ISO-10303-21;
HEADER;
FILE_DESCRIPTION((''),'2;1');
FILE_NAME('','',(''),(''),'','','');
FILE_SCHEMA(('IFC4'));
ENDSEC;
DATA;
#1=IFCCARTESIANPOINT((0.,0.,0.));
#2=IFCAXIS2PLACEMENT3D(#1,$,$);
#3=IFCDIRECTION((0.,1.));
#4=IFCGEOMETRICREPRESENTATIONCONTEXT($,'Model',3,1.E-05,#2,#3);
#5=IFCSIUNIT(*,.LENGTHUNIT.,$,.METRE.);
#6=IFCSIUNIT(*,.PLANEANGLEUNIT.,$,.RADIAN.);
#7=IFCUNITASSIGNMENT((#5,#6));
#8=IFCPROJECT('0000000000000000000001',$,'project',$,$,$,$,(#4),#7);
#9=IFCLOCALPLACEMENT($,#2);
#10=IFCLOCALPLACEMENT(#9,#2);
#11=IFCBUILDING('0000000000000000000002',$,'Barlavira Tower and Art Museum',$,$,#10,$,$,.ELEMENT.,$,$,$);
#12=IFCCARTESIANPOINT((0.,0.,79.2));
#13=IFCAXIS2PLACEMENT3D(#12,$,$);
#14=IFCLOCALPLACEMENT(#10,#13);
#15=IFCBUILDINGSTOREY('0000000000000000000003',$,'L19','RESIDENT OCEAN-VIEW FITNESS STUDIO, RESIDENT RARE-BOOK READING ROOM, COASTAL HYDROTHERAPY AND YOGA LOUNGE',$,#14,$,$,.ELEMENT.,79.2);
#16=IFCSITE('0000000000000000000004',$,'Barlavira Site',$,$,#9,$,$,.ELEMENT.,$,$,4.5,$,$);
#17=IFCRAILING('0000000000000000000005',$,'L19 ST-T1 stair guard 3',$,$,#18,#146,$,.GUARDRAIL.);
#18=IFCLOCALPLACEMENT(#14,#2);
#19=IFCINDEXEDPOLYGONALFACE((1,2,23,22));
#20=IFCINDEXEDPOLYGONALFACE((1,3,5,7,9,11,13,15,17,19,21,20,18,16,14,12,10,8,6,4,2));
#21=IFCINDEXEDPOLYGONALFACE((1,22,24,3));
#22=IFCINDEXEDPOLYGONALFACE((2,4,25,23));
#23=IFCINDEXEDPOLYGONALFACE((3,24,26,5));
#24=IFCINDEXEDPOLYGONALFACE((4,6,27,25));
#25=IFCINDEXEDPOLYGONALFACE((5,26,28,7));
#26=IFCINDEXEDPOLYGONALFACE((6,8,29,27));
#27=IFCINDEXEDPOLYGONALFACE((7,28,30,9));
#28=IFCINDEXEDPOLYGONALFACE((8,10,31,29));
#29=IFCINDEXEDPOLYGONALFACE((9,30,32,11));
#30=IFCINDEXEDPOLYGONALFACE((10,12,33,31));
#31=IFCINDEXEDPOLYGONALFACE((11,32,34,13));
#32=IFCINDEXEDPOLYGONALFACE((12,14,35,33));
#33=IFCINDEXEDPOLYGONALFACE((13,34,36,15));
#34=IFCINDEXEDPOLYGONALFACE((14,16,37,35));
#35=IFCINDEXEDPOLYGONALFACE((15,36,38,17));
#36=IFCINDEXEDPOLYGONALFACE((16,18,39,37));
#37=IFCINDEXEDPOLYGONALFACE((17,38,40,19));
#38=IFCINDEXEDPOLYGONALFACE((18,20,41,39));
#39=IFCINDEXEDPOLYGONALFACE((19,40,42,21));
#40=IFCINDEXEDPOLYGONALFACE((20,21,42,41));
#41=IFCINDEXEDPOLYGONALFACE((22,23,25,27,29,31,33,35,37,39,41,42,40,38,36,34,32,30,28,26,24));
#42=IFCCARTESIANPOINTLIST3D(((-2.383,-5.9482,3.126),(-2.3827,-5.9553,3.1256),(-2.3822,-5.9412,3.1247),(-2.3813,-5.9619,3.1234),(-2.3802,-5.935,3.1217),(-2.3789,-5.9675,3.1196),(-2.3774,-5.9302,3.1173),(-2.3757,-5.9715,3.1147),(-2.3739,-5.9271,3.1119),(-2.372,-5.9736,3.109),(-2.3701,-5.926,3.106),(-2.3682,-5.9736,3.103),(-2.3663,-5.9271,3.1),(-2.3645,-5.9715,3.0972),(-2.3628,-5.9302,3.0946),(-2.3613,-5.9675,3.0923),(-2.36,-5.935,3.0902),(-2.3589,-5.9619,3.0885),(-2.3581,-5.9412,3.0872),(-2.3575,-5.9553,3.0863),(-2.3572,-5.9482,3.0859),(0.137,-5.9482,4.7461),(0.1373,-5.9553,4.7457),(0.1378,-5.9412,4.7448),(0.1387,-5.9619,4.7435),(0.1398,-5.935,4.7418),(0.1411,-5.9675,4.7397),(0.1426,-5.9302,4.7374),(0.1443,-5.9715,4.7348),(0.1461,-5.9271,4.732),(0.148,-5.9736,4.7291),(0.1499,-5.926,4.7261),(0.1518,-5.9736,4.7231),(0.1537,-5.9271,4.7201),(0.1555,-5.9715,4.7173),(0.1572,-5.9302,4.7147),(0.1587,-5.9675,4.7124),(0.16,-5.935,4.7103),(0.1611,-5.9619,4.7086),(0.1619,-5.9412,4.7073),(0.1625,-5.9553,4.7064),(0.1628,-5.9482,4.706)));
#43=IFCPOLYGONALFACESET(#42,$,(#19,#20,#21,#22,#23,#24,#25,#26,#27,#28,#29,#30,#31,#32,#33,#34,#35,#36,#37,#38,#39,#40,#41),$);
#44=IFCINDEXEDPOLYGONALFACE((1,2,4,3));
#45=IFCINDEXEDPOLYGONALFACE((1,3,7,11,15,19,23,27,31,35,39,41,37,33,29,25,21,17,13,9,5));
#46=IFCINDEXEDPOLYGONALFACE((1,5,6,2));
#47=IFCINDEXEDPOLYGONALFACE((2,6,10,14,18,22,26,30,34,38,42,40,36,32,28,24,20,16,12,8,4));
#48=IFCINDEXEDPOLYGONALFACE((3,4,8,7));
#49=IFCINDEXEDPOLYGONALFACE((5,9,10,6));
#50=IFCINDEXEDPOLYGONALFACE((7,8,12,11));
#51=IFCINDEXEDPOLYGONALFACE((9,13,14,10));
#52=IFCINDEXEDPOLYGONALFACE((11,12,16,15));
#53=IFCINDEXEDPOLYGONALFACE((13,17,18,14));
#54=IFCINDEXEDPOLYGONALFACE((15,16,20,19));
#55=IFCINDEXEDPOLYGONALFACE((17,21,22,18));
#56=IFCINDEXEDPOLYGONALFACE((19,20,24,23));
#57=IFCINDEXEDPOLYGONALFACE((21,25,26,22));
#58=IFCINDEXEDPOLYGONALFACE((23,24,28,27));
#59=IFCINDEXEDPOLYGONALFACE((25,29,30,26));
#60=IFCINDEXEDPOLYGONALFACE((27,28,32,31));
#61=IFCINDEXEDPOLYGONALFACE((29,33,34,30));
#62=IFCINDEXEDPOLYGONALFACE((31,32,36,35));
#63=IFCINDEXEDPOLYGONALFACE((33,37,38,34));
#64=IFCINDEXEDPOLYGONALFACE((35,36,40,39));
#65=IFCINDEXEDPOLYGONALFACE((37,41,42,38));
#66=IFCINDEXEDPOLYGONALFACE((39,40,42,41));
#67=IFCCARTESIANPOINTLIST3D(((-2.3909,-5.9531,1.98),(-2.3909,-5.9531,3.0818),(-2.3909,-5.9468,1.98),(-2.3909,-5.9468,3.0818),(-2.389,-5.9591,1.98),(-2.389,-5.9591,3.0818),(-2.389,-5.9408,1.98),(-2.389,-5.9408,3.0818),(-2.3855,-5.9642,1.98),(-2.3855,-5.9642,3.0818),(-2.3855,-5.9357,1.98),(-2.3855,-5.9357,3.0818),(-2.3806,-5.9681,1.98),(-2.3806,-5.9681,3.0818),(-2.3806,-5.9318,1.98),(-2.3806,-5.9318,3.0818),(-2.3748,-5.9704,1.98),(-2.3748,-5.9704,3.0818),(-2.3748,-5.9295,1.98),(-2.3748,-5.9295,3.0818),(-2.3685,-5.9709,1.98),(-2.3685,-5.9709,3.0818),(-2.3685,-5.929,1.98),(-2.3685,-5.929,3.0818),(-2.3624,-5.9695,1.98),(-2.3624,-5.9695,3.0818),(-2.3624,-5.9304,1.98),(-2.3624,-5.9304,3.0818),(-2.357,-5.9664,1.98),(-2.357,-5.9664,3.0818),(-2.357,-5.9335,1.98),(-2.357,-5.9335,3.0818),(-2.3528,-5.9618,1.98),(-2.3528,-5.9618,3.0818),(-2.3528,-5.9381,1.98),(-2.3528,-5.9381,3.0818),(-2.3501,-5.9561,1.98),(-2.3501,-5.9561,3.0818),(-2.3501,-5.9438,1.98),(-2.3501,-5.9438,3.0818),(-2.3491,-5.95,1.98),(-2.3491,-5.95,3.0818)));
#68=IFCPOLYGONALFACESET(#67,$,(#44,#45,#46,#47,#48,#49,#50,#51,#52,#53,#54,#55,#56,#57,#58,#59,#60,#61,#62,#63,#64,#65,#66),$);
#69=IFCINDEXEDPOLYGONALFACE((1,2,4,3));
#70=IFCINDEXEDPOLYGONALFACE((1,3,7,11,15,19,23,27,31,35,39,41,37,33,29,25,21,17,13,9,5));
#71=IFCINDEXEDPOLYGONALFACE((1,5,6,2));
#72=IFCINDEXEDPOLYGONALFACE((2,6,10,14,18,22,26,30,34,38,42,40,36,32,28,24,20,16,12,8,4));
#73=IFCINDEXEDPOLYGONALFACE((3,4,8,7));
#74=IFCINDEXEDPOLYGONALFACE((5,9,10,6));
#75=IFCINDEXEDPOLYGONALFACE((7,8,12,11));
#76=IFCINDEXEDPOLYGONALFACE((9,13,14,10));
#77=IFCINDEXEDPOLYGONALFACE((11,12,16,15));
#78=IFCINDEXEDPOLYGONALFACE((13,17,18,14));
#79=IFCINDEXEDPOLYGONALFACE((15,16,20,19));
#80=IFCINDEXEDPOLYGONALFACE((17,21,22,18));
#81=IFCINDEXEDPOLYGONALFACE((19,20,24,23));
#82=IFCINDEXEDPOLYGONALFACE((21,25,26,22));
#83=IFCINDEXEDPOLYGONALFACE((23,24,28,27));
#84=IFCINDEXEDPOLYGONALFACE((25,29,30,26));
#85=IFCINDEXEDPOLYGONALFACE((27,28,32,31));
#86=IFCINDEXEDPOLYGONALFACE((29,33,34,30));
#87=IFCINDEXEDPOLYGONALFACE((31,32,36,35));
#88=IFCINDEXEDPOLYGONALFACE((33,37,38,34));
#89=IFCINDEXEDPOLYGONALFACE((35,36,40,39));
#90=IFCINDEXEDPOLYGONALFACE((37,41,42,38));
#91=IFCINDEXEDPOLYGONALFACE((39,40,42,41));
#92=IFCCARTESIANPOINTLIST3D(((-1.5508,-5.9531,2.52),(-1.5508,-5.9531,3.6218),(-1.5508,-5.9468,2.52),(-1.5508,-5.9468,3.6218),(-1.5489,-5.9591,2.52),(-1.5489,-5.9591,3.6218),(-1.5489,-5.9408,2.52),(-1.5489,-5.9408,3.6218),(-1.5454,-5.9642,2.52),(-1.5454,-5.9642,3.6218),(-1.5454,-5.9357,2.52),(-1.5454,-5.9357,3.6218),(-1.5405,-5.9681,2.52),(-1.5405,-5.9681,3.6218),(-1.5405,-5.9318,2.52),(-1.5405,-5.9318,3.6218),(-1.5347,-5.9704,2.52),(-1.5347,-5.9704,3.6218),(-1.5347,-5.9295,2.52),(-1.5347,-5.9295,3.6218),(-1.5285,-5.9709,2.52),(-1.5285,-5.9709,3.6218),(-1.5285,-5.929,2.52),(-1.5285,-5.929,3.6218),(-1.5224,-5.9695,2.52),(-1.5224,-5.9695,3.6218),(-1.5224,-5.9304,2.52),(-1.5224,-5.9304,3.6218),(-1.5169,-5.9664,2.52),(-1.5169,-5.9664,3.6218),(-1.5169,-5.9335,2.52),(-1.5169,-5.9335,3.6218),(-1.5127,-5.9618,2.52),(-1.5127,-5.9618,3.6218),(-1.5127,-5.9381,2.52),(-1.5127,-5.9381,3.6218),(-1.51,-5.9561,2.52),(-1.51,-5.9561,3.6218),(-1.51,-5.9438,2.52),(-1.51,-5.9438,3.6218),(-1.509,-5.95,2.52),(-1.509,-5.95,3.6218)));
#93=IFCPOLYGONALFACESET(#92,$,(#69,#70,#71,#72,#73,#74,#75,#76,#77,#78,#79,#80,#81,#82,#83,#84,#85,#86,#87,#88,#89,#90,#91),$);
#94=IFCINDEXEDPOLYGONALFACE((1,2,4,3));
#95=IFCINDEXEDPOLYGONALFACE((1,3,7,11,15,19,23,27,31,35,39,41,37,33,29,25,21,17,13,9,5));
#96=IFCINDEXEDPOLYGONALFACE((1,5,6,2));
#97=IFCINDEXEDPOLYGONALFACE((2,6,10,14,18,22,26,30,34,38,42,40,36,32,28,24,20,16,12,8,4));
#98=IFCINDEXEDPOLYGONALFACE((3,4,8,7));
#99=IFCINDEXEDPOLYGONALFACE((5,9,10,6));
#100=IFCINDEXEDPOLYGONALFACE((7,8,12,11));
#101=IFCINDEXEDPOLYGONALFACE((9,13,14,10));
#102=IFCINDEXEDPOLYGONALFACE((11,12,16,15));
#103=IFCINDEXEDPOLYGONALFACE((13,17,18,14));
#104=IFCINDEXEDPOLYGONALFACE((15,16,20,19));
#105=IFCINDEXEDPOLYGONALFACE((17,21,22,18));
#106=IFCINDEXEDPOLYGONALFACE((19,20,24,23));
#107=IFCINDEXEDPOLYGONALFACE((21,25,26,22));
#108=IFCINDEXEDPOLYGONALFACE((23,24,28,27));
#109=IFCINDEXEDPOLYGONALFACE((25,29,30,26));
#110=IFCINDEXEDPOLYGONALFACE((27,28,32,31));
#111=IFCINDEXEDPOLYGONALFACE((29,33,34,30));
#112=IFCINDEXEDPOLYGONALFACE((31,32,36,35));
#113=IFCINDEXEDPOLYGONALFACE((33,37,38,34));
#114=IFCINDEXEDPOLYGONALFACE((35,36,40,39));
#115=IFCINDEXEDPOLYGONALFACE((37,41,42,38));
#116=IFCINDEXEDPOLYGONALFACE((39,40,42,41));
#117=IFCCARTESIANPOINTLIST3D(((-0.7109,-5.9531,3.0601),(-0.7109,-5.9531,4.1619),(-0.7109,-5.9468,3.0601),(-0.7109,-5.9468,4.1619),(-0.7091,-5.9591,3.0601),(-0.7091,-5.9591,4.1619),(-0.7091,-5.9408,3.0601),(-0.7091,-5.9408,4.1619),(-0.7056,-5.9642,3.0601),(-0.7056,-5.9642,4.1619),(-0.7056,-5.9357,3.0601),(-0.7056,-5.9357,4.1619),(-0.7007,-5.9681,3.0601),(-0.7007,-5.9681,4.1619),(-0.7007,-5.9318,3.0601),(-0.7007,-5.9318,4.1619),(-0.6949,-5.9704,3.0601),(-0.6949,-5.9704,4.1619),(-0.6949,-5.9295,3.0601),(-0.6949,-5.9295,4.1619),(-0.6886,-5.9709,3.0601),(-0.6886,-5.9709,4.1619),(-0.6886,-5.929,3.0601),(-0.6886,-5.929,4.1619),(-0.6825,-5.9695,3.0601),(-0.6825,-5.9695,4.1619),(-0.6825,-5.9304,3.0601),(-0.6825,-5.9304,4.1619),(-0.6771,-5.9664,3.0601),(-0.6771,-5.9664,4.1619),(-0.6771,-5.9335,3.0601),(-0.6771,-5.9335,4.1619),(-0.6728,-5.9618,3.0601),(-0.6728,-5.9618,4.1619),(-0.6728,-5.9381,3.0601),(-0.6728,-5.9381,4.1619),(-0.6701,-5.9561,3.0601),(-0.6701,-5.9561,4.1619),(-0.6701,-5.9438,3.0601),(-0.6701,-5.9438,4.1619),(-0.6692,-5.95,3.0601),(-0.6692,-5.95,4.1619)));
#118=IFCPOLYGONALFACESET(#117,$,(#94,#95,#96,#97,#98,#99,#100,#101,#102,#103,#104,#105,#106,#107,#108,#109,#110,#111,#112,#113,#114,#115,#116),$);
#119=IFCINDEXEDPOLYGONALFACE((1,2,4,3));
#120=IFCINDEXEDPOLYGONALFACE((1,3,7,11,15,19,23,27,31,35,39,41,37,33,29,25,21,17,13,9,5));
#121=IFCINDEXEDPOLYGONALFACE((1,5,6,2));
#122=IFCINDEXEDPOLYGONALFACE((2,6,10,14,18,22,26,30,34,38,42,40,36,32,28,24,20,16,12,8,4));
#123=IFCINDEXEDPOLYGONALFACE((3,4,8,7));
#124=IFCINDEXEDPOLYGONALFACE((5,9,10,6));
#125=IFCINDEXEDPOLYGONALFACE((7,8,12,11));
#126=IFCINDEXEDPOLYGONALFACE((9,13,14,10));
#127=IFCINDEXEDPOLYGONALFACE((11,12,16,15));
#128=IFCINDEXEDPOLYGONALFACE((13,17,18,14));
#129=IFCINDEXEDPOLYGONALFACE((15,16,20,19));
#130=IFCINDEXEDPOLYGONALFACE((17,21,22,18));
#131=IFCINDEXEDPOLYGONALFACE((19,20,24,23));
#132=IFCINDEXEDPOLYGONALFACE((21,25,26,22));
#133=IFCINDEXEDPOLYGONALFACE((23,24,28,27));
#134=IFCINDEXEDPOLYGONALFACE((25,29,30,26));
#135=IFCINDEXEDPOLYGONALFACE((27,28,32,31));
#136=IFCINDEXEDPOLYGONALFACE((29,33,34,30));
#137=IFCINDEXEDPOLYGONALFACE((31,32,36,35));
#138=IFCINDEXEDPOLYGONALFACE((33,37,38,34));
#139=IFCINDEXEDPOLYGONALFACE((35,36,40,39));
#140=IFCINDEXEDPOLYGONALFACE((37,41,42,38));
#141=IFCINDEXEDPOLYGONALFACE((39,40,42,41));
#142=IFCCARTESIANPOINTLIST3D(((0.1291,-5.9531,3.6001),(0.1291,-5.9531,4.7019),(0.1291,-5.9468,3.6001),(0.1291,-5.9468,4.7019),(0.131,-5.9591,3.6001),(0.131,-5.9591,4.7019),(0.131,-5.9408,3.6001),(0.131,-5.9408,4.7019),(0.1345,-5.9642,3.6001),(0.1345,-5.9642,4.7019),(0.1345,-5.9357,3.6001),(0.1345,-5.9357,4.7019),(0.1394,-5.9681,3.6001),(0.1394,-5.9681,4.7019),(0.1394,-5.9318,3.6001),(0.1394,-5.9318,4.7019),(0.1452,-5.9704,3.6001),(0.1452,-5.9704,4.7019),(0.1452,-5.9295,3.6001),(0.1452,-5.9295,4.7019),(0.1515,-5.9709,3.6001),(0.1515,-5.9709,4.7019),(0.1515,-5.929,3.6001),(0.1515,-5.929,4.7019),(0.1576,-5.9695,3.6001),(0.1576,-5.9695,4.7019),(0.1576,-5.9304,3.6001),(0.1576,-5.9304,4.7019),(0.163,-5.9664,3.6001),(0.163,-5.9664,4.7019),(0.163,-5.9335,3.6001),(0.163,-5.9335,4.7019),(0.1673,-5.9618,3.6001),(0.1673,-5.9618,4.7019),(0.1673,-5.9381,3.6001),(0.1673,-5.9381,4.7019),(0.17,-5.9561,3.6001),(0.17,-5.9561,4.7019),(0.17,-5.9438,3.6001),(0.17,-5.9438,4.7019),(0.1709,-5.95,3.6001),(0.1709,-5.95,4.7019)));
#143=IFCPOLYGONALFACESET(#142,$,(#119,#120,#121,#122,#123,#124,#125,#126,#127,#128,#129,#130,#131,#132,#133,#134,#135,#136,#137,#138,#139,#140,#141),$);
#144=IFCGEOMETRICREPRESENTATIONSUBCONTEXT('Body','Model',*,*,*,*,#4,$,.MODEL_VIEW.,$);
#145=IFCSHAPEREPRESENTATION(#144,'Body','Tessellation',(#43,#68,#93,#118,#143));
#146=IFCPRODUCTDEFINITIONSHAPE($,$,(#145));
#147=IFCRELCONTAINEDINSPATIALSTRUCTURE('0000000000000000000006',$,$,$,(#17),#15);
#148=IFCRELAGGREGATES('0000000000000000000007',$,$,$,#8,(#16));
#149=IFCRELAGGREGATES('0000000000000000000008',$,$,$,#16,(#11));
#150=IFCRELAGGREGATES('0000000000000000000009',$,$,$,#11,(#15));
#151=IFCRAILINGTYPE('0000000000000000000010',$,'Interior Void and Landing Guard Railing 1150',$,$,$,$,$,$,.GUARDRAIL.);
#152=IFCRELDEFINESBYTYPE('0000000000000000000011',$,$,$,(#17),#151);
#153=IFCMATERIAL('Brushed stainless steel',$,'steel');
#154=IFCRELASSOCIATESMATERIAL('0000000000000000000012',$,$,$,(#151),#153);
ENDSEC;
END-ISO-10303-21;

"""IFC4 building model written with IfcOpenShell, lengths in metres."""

from ifc_helpers import new_model, si_unit, direction, frame, origin, origin_2d, place, context, subcontext, project, spatial, circle, extrude, material, type_object, element, save


model = new_model("IFC4")

# Units and contexts
model_context = context("Model", 3, precision=1e-05, world=origin(), true_north=direction((0.0, 1.0)))
body_context = subcontext(model_context, "Body", "Model", "MODEL_VIEW")
ifc_project = project(units=[si_unit("LENGTHUNIT", "METRE"), si_unit("PLANEANGLEUNIT", "RADIAN")], contexts=[model_context])

# Site, building, storey
site_placement = place(None, origin())
site = spatial("IfcSite", under=ifc_project, at=site_placement, Name="Barlavira Site", CompositionType="ELEMENT", RefElevation=4.5)
building_placement = place(site_placement, origin())
building = spatial("IfcBuilding", under=site, at=building_placement, Name="Barlavira Tower and Art Museum", CompositionType="ELEMENT")
storey_placement = place(building_placement, frame((0.0, 0.0, 79.2)))
storey = spatial("IfcBuildingStorey", under=building, at=storey_placement, Name="L19", Description="RESIDENT OCEAN-VIEW FITNESS STUDIO, RESIDENT RARE-BOOK READING ROOM, COASTAL HYDROTHERAPY AND YOGA LOUNGE", CompositionType="ELEMENT", Elevation=79.2)

# Shared definitions
ifc_material_1 = material(Name="Brushed stainless steel", Category="steel")

# Railing
railing_type_1 = type_object("IfcRailingType", Name="Interior Void and Landing Guard Railing 1150", PredefinedType="GUARDRAIL", material=ifc_material_1)
railing_1_placement = place(storey_placement, frame((-2.3701, -5.95, 1.98)))
element("IfcRailing", 1, at=railing_1_placement, inside=storey, type_object=railing_type_1, Name="L19 ST-T1 stair guard 3", PredefinedType="GUARDRAIL", context=body_context, shape_type="SweptSolid", body=[
    extrude(circle(Radius=0.0239, at=origin_2d()), frame((0.0, 0.0, 1.126), z_axis=(0.841163, 0.0, 0.540782), x_axis=(0.0, 1.0, 0.0)), (0.0, 0.0, 1.0), 2.9958),
    extrude(circle(Radius=0.021, at=origin_2d()), origin(), (0.0, 0.0, 1.0), 1.1018),
    extrude(circle(Radius=0.021, at=origin_2d()), frame((0.8401, 0.0, 0.54)), (0.0, 0.0, 1.0), 1.1018),
    extrude(circle(Radius=0.021, at=origin_2d()), frame((1.6799, 0.0, 1.0801)), (0.0, 0.0, 1.0), 1.1018),
    extrude(circle(Radius=0.021, at=origin_2d()), frame((2.52, 0.0, 1.6201)), (0.0, 0.0, 1.0), 1.1018),
])

save(model, "model.ifc")
